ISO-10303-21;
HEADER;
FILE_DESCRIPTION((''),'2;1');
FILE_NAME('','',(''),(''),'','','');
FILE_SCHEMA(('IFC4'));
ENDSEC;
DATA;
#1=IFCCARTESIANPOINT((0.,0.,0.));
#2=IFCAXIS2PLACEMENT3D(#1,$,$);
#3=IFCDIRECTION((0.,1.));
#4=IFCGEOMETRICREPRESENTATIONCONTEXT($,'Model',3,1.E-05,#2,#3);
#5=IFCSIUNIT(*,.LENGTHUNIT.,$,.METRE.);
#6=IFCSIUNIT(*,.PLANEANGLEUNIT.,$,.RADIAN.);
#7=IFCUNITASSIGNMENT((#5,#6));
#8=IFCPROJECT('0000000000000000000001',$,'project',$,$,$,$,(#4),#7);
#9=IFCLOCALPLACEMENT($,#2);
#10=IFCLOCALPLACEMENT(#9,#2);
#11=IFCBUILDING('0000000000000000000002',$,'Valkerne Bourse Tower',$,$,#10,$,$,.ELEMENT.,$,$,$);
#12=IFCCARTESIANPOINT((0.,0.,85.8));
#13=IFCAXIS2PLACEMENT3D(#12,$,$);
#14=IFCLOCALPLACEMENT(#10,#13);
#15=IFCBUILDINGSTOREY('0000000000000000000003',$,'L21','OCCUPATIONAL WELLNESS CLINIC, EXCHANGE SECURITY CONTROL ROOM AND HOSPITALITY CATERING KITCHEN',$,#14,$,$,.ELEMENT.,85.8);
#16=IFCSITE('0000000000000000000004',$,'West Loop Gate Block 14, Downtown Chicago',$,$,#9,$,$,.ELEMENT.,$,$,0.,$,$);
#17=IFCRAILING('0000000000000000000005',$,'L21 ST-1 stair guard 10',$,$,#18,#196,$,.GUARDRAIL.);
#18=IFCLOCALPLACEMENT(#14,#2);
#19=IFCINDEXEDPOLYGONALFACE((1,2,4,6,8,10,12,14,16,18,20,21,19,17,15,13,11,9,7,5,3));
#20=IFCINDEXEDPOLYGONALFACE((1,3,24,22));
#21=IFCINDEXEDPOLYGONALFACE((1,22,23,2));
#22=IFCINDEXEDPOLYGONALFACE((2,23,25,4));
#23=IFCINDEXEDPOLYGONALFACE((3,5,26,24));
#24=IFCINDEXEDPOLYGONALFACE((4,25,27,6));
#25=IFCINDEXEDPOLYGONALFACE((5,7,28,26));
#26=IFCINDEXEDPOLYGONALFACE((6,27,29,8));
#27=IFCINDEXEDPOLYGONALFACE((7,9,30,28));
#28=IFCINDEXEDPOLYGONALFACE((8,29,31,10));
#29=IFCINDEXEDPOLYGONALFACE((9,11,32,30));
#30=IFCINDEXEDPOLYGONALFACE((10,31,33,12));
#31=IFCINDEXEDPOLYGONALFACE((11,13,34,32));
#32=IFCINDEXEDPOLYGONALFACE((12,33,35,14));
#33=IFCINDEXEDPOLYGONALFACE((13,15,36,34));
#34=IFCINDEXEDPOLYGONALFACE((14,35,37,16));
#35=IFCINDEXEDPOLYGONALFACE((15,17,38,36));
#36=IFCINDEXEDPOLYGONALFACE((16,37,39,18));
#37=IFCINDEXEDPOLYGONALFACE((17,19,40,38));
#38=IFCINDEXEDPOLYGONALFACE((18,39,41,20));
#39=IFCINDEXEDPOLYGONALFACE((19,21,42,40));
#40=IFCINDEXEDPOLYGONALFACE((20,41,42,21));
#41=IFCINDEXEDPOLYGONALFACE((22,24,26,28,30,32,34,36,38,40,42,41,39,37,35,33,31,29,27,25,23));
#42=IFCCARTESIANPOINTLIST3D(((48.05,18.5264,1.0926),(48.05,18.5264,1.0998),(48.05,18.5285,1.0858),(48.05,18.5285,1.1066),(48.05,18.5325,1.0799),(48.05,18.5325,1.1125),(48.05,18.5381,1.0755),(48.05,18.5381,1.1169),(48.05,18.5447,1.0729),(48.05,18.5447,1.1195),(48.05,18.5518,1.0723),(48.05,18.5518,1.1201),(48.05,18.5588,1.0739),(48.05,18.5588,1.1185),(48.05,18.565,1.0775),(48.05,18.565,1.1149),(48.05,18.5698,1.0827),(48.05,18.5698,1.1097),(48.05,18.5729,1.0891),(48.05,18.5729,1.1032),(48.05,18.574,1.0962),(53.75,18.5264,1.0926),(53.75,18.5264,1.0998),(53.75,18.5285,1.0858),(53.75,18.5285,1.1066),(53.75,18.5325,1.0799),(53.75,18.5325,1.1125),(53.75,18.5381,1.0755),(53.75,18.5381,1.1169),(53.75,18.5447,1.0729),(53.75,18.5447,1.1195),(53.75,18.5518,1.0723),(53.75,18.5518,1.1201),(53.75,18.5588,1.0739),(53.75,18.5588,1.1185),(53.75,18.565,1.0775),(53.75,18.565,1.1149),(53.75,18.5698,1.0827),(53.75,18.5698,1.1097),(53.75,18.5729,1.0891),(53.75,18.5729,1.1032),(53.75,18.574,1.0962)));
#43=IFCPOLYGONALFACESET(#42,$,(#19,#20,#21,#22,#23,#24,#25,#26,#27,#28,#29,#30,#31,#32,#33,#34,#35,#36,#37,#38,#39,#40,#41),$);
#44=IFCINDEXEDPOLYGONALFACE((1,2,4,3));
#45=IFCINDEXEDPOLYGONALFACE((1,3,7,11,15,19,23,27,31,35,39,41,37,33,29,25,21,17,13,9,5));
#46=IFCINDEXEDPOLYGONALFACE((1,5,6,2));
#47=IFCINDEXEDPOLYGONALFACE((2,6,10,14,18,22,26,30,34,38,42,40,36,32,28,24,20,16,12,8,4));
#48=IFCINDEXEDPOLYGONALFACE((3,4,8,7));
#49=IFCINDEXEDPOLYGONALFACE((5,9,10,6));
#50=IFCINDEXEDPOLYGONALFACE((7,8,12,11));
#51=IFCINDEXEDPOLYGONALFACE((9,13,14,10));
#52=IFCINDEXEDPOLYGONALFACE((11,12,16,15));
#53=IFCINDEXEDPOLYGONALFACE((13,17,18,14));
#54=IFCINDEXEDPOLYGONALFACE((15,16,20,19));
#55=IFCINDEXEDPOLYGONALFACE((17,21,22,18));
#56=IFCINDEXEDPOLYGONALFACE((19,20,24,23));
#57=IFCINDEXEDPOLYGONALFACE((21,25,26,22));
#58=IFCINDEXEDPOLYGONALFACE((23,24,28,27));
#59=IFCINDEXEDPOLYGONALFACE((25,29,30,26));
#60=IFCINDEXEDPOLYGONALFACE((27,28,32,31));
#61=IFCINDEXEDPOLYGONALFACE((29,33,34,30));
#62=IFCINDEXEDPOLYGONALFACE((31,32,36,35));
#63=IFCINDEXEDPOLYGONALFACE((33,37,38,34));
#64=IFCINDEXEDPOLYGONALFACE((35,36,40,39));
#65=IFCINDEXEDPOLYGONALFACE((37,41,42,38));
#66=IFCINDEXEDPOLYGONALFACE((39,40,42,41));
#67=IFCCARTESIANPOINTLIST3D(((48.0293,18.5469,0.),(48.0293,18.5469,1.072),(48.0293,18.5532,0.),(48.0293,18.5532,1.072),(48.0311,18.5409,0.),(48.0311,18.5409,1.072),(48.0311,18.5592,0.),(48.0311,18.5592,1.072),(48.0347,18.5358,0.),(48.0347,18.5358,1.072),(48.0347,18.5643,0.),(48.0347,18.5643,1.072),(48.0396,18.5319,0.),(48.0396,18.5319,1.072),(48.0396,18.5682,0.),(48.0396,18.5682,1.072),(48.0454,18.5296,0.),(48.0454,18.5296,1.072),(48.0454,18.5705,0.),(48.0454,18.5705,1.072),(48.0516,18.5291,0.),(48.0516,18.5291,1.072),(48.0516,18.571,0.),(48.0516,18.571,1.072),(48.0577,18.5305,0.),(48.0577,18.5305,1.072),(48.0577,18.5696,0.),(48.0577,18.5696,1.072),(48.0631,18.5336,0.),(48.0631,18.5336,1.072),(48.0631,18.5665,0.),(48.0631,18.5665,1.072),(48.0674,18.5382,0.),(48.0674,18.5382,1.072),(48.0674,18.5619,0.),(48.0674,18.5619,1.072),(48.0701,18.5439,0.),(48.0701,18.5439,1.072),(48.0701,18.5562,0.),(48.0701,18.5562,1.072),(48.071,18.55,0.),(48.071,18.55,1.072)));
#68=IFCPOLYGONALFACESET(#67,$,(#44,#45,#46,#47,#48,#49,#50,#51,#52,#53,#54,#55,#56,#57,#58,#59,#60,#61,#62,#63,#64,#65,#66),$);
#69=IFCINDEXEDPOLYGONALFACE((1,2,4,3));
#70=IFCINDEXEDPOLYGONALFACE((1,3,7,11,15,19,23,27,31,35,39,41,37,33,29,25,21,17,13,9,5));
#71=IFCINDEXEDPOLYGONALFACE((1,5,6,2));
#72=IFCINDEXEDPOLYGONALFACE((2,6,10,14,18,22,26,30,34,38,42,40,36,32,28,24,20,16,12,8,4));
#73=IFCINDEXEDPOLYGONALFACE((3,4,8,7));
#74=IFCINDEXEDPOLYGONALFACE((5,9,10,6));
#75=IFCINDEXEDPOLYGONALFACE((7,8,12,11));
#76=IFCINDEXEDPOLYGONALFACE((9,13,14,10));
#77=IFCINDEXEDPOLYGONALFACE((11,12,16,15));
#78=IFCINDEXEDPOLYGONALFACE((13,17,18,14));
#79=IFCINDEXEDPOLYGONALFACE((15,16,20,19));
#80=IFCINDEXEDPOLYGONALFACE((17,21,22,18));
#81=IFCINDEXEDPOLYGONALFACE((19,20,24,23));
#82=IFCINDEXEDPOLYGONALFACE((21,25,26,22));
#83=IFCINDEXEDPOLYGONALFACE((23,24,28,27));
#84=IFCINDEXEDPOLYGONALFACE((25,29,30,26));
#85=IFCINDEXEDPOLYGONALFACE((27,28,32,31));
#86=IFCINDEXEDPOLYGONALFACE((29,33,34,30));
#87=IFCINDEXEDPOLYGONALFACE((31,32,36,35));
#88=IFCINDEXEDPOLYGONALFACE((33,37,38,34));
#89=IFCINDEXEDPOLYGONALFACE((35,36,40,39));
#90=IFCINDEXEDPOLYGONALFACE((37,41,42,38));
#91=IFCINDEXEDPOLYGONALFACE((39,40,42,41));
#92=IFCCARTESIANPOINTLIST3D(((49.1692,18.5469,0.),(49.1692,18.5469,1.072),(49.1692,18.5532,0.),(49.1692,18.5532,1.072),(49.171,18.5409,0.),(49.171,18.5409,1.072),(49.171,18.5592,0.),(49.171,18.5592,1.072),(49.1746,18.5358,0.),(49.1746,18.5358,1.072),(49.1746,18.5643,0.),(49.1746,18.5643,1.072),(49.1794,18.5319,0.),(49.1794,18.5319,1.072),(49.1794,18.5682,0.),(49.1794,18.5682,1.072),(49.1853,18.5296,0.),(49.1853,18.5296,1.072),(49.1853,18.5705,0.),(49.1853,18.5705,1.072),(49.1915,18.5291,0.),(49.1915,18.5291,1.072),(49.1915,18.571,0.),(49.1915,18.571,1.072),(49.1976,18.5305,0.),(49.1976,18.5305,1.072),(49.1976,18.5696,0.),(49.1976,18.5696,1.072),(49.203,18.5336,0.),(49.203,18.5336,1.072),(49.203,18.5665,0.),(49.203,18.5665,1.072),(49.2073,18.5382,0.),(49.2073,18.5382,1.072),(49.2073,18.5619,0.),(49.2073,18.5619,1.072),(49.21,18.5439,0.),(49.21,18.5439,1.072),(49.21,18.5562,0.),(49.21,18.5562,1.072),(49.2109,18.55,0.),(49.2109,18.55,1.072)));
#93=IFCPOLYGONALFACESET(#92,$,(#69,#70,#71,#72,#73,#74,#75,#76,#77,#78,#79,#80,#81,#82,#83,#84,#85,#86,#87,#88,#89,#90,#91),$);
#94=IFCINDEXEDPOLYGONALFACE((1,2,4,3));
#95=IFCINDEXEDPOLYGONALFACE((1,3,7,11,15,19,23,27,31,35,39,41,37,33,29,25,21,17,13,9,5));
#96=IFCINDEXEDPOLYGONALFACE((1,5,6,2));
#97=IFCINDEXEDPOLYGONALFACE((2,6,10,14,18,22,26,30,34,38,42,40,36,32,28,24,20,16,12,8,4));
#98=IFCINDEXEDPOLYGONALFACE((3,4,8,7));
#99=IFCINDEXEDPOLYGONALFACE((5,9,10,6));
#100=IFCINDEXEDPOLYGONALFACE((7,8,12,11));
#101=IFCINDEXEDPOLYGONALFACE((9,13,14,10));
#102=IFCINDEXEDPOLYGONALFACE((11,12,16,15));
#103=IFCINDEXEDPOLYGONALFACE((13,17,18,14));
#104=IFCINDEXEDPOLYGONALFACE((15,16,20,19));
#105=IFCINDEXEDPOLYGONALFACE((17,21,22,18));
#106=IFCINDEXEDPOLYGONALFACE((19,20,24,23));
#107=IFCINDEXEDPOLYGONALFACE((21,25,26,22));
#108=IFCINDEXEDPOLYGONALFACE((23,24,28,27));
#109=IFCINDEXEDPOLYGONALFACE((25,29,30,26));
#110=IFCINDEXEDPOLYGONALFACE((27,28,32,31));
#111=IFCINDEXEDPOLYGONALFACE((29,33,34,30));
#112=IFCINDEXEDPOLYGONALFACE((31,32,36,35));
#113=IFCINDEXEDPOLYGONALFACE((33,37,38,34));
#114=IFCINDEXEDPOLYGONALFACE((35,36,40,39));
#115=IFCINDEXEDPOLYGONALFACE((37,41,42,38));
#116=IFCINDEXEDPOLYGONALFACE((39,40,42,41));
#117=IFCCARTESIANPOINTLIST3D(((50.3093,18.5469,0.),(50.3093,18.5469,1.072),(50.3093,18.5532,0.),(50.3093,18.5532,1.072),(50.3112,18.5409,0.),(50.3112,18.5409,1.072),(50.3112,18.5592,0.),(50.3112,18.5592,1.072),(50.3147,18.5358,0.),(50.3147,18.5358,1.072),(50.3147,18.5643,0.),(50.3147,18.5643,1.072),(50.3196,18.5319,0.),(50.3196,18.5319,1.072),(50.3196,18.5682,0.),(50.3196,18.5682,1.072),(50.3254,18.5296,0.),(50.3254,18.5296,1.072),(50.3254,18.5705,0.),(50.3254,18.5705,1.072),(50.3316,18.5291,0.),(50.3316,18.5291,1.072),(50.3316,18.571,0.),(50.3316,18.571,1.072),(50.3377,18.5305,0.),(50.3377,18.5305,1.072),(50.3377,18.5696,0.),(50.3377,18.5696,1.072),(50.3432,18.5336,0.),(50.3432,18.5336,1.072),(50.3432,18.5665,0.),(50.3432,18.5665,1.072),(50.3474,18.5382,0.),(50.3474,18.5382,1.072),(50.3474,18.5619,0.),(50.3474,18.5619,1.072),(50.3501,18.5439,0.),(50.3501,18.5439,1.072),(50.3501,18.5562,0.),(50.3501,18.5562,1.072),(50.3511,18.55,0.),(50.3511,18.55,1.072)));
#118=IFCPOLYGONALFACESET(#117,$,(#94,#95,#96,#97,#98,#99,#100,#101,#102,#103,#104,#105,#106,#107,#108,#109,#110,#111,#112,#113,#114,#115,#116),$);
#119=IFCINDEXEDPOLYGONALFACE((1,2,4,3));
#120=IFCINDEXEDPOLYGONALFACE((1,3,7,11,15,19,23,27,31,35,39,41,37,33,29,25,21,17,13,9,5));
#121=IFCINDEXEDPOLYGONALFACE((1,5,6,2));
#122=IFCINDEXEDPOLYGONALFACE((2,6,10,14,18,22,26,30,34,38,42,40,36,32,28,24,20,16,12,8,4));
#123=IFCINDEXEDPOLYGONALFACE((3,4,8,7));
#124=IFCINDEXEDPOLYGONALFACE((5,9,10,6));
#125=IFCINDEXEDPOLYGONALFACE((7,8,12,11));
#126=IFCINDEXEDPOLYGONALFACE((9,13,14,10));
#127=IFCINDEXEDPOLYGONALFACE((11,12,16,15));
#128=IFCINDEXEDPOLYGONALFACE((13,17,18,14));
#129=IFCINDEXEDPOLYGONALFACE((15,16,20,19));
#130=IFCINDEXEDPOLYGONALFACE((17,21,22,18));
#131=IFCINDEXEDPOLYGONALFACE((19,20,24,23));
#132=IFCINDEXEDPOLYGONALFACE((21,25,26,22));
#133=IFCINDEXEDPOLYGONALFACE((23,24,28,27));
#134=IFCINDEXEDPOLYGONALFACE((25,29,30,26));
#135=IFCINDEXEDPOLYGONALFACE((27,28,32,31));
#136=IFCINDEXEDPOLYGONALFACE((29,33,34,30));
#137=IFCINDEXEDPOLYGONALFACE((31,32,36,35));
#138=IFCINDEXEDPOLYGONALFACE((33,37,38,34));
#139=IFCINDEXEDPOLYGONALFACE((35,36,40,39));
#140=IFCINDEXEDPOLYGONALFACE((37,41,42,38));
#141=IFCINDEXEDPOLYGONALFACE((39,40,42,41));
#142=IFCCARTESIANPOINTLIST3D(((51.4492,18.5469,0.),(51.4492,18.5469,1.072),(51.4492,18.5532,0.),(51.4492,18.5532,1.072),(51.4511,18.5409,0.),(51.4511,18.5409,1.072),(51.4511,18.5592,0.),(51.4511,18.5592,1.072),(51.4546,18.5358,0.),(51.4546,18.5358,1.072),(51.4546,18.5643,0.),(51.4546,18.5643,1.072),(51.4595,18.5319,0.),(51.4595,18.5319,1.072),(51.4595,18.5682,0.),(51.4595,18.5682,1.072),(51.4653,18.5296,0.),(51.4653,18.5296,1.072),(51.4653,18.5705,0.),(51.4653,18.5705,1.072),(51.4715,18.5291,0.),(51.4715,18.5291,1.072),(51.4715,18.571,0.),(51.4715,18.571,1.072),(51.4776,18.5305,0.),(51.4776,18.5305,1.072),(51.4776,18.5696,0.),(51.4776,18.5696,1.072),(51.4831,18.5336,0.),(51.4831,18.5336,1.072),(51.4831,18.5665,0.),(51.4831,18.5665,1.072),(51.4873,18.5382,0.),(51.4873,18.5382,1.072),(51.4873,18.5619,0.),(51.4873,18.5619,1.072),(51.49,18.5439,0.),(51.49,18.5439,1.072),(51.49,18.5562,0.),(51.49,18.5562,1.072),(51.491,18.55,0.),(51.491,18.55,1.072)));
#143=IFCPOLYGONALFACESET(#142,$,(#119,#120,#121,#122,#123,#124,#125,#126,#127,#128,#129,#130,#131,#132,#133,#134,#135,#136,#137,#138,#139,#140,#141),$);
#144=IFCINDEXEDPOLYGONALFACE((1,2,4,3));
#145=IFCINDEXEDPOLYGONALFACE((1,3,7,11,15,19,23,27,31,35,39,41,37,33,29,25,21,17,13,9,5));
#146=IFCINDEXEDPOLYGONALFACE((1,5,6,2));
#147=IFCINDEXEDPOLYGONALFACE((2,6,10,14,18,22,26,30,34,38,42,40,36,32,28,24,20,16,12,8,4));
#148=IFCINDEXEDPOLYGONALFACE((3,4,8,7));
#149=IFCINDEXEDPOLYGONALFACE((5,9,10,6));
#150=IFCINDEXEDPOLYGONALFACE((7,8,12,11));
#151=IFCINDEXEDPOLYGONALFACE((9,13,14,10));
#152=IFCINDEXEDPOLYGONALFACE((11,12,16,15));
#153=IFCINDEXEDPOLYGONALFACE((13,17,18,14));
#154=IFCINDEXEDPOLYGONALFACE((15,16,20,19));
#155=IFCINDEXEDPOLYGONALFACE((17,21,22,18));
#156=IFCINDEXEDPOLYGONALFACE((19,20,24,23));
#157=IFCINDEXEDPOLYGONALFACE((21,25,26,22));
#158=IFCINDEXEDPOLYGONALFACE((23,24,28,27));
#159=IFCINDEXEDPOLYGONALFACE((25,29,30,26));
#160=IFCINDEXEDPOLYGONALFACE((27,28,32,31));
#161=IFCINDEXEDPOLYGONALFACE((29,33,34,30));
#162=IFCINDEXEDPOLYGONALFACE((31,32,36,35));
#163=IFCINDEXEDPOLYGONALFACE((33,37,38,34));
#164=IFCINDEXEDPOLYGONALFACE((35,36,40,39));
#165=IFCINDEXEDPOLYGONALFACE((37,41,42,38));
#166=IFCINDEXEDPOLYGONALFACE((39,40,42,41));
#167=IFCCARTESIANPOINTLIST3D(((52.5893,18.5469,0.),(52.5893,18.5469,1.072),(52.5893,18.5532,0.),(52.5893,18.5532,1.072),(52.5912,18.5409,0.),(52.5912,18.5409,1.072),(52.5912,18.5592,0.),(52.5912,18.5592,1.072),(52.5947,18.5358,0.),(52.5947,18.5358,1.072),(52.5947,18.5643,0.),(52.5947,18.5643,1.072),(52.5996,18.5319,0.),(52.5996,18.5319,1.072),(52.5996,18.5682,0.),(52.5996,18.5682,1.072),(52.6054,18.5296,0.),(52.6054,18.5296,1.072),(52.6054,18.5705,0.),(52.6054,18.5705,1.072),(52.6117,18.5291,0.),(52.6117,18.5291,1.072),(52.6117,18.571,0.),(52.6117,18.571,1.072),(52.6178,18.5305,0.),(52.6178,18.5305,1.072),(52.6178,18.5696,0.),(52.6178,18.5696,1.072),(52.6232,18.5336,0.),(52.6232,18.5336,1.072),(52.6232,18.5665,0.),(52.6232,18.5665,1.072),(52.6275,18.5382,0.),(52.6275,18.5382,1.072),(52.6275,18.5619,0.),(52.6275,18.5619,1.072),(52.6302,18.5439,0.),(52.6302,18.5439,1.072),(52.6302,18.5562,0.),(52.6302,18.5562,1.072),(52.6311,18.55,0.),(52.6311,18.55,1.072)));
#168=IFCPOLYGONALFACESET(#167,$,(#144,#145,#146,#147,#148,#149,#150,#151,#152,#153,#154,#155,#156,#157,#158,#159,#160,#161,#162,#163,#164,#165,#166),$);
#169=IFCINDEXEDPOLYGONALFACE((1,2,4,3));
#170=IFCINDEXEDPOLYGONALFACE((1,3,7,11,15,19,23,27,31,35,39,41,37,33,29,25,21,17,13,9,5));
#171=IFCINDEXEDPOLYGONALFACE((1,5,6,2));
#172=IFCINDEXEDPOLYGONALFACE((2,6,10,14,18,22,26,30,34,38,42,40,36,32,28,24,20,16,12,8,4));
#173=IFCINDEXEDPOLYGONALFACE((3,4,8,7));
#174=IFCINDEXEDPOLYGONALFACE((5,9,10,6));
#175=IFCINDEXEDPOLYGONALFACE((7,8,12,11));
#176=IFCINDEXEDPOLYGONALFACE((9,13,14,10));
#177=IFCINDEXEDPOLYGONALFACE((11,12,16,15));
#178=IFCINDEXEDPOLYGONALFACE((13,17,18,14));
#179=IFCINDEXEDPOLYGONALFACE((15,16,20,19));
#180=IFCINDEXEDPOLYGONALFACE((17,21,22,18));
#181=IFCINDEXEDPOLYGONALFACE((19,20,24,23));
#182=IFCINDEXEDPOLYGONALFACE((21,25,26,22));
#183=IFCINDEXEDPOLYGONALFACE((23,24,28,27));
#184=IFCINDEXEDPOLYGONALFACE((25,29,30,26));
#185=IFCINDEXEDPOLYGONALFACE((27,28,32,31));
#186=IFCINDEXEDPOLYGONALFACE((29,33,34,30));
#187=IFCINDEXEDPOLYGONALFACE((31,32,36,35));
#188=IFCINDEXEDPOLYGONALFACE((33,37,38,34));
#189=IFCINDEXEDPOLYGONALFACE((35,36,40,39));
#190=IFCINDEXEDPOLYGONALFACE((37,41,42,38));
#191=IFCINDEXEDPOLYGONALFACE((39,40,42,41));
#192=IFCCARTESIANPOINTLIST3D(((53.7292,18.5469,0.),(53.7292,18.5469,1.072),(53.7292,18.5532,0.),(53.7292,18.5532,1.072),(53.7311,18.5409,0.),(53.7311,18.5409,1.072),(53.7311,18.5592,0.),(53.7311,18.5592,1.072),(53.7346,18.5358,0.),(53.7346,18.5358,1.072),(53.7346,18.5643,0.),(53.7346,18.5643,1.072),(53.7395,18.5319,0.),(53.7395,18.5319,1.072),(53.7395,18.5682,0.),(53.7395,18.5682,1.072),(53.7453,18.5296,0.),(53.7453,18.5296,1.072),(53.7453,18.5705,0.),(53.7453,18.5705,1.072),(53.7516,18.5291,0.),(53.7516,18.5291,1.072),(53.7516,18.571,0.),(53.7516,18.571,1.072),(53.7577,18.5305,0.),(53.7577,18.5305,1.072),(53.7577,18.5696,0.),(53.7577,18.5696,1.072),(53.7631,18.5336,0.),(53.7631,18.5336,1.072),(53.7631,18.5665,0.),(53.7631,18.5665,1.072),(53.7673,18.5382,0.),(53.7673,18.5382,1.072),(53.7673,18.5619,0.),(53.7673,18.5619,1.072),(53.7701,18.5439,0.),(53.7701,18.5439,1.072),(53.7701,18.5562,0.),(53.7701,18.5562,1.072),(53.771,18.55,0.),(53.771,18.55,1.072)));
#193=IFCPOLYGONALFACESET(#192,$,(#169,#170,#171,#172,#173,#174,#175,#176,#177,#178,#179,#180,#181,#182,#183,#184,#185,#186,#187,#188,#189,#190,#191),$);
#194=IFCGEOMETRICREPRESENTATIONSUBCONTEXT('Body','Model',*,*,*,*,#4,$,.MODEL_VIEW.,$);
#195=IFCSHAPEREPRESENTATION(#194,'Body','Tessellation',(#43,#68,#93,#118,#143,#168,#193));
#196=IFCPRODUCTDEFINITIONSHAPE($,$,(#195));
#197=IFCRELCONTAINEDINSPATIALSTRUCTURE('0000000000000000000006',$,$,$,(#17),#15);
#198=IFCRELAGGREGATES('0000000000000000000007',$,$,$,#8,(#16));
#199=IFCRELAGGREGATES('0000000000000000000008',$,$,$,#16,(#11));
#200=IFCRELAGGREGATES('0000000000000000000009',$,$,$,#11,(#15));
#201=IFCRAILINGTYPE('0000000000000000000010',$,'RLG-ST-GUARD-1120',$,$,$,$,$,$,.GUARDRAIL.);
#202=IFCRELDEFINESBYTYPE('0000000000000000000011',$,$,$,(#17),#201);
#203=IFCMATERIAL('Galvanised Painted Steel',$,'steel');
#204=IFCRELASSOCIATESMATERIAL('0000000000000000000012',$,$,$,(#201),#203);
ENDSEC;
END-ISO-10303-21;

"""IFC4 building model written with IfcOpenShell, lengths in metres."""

from ifc_helpers import new_model, si_unit, direction, frame, origin, origin_2d, place, context, subcontext, project, spatial, circle, extrude, material, type_object, element, save


model = new_model("IFC4")

# Units and contexts
model_context = context("Model", 3, precision=1e-05, world=origin(), true_north=direction((0.0, 1.0)))
body_context = subcontext(model_context, "Body", "Model", "MODEL_VIEW")
ifc_project = project(units=[si_unit("LENGTHUNIT", "METRE"), si_unit("PLANEANGLEUNIT", "RADIAN")], contexts=[model_context])

# Site, building, storey
site_placement = place(None, origin())
site = spatial("IfcSite", under=ifc_project, at=site_placement, Name="West Loop Gate Block 14, Downtown Chicago", CompositionType="ELEMENT", RefElevation=0.0)
building_placement = place(site_placement, origin())
building = spatial("IfcBuilding", under=site, at=building_placement, Name="Valkerne Bourse Tower", CompositionType="ELEMENT")
storey_placement = place(building_placement, frame((0.0, 0.0, 85.8)))
storey = spatial("IfcBuildingStorey", under=building, at=storey_placement, Name="L21", Description="OCCUPATIONAL WELLNESS CLINIC, EXCHANGE SECURITY CONTROL ROOM AND HOSPITALITY CATERING KITCHEN", CompositionType="ELEMENT", Elevation=85.8)

# Shared definitions
ifc_material_1 = material(Name="Galvanised Painted Steel", Category="steel")

# Railing
railing_type_1 = type_object("IfcRailingType", Name="RLG-ST-GUARD-1120", PredefinedType="GUARDRAIL", material=ifc_material_1)
for number, where, name in (
    (1, (48.05, 18.55, 0.0), "L21 ST-1 stair guard 10"),
):
    element("IfcRailing", number, at=place(storey_placement, frame(where)), inside=storey, type_object=railing_type_1, Name=name, PredefinedType="GUARDRAIL", context=body_context, shape_type="SweptSolid", body=[
        extrude(circle(Radius=0.0239, at=origin_2d()), frame((0.0, 0.0, 1.0962), z_axis=(1.0, 0.0, 0.0), x_axis=(0.0, 1.0, 0.0)), (0.0, 0.0, 1.0), 5.7),
        extrude(circle(Radius=0.021, at=origin_2d()), origin(), (0.0, 0.0, 1.0), 1.072),
        extrude(circle(Radius=0.021, at=origin_2d()), frame((1.1399, 0.0, 0.0)), (0.0, 0.0, 1.0), 1.072),
        extrude(circle(Radius=0.021, at=origin_2d()), frame((2.28, 0.0, 0.0)), (0.0, 0.0, 1.0), 1.072),
        extrude(circle(Radius=0.021, at=origin_2d()), frame((3.4199, 0.0, 0.0)), (0.0, 0.0, 1.0), 1.072),
        extrude(circle(Radius=0.021, at=origin_2d()), frame((4.5601, 0.0, 0.0)), (0.0, 0.0, 1.0), 1.072),
        extrude(circle(Radius=0.021, at=origin_2d()), frame((5.7, 0.0, 0.0)), (0.0, 0.0, 1.0), 1.072),
    ])

save(model, "model.ifc")
